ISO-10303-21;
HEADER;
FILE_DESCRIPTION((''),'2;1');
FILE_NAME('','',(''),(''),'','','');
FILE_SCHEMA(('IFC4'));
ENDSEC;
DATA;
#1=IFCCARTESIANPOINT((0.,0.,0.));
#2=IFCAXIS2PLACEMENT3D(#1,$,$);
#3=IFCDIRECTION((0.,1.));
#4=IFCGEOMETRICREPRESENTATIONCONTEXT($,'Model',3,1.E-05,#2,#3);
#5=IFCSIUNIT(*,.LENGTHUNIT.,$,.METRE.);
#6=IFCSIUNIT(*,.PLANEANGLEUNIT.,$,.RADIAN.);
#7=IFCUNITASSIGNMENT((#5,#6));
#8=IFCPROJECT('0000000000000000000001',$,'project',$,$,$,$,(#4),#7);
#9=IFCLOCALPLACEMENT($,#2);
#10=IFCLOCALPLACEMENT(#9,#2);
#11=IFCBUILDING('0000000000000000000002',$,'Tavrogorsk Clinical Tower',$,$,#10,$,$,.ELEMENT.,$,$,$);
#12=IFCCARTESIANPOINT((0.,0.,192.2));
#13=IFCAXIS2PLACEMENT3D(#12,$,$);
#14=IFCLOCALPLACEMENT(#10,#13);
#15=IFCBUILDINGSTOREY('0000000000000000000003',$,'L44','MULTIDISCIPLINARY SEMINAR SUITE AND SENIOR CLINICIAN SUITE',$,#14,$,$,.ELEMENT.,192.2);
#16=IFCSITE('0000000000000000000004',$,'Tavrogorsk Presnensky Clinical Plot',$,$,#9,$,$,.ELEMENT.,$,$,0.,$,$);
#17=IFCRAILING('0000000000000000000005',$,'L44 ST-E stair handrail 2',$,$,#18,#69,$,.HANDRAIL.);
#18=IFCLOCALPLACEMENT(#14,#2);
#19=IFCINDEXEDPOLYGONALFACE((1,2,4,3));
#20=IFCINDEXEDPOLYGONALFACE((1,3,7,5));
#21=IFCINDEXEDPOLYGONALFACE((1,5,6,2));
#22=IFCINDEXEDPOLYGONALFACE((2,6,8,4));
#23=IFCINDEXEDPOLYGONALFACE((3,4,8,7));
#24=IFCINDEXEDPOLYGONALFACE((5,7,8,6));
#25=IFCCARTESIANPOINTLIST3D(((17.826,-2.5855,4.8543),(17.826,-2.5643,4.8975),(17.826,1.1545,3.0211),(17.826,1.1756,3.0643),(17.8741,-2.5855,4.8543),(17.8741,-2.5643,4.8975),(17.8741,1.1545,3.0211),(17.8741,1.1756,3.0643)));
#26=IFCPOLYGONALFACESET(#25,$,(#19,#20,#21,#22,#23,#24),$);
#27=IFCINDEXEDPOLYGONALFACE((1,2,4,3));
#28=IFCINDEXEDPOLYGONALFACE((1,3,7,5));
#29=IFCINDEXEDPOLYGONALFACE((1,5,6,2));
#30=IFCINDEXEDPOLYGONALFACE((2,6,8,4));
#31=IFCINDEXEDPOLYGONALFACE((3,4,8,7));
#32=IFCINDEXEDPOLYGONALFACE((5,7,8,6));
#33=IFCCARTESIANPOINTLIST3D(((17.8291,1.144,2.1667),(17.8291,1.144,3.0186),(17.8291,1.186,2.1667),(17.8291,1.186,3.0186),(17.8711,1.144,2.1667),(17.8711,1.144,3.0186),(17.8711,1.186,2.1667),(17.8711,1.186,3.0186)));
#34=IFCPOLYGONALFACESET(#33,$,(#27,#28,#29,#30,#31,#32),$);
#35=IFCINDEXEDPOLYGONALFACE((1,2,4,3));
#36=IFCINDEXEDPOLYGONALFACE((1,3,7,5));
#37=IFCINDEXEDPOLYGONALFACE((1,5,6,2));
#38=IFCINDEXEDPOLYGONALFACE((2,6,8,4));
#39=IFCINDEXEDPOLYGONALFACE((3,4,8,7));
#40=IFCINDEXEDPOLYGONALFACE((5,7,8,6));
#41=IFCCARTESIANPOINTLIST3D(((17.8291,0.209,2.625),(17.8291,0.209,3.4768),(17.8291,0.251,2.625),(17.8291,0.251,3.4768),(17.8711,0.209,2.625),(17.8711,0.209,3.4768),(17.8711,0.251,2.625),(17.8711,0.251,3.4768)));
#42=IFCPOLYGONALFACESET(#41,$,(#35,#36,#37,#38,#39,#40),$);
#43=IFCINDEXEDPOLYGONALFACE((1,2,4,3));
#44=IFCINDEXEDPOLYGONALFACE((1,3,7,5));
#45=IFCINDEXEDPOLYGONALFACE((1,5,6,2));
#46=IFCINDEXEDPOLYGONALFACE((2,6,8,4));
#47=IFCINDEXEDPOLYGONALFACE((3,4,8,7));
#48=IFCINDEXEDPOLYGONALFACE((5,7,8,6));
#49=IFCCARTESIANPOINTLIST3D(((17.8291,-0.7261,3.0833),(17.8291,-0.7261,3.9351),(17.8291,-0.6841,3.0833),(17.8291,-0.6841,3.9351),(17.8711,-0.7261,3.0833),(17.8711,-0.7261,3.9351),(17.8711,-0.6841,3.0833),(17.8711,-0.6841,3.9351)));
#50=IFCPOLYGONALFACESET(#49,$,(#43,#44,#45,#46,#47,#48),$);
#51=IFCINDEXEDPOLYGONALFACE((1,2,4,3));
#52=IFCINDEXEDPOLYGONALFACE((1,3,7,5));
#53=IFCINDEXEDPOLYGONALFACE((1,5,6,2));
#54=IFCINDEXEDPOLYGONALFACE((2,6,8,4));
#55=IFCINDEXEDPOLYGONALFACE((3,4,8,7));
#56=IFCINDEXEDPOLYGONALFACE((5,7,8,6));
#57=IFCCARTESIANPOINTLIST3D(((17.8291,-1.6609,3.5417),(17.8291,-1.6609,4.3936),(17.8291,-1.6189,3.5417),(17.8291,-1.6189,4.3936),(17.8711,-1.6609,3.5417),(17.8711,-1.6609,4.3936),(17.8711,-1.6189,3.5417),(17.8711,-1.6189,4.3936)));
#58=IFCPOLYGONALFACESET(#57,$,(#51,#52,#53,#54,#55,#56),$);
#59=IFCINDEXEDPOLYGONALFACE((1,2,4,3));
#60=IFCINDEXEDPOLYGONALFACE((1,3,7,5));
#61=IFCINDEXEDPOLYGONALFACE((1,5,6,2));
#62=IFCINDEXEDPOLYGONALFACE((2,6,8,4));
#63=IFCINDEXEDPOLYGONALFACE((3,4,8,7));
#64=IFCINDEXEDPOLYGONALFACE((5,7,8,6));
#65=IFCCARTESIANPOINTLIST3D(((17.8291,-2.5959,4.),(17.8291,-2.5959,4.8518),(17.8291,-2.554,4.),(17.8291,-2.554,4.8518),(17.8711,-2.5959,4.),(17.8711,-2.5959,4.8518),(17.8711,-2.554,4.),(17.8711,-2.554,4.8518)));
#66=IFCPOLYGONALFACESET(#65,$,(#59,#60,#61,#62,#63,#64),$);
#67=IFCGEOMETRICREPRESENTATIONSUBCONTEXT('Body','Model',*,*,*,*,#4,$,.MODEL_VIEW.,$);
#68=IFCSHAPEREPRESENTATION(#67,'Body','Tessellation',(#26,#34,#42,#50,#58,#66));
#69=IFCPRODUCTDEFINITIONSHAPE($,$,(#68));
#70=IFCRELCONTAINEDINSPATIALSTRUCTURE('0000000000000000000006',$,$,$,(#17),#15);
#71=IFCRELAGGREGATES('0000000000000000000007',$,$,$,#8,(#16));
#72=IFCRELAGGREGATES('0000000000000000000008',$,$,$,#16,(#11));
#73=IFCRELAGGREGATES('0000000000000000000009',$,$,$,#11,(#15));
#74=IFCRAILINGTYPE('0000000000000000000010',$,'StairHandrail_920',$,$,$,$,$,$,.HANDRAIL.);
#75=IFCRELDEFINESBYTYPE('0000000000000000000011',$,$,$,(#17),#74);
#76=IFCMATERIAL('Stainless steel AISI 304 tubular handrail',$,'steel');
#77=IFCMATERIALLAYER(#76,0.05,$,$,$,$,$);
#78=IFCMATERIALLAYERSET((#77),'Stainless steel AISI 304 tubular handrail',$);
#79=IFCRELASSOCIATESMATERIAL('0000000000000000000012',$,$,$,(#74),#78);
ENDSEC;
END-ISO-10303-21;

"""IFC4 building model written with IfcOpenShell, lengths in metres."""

from ifc_helpers import new_model, si_unit, direction, frame, origin, origin_2d, place, context, subcontext, project, spatial, rectangle, extrude, material, layer, layer_set, type_object, element, save


model = new_model("IFC4")

# Units and contexts
model_context = context("Model", 3, precision=1e-05, world=origin(), true_north=direction((0.0, 1.0)))
body_context = subcontext(model_context, "Body", "Model", "MODEL_VIEW")
ifc_project = project(units=[si_unit("LENGTHUNIT", "METRE"), si_unit("PLANEANGLEUNIT", "RADIAN")], contexts=[model_context])

# Site, building, storey
site_placement = place(None, origin())
site = spatial("IfcSite", under=ifc_project, at=site_placement, Name="Tavrogorsk Presnensky Clinical Plot", CompositionType="ELEMENT", RefElevation=0.0)
building_placement = place(site_placement, origin())
building = spatial("IfcBuilding", under=site, at=building_placement, Name="Tavrogorsk Clinical Tower", CompositionType="ELEMENT")
storey_placement = place(building_placement, frame((0.0, 0.0, 192.2)))
storey = spatial("IfcBuildingStorey", under=building, at=storey_placement, Name="L44", Description="MULTIDISCIPLINARY SEMINAR SUITE AND SENIOR CLINICIAN SUITE", CompositionType="ELEMENT", Elevation=192.2)

# Railing
ifc_material_1 = material(Name="Stainless steel AISI 304 tubular handrail", Category="steel")
ifc_layer_1 = layer(ifc_material_1, 0.05)
ifc_layer_set_1 = layer_set([ifc_layer_1], Name="Stainless steel AISI 304 tubular handrail")
railing_type = type_object("IfcRailingType", Name="StairHandrail_920", PredefinedType="HANDRAIL", material=ifc_layer_set_1)
railing_placement = place(storey_placement, frame((17.8501, 1.165, 2.1667)))
element("IfcRailing", 1, at=railing_placement, inside=storey, type_object=railing_type, Name="L44 ST-E stair handrail 2", PredefinedType="HANDRAIL", context=body_context, shape_type="SweptSolid", body=[
    extrude(rectangle(XDim=0.0481, YDim=0.0481, at=origin_2d()), frame((0.0, 0.0, 0.876), z_axis=(0.0, -0.897928, 0.440142), x_axis=(1.0, 0.0, 0.0)), (0.0, 0.0, 1.0), 4.165),
    extrude(rectangle(XDim=0.042, YDim=0.042, at=origin_2d()), origin(), (0.0, 0.0, 1.0), 0.8518),
    extrude(rectangle(XDim=0.042, YDim=0.042, at=origin_2d()), frame((0.0, -0.9351, 0.4583)), (0.0, 0.0, 1.0), 0.8518),
    extrude(rectangle(XDim=0.042, YDim=0.042, at=origin_2d()), frame((0.0, -1.8701, 0.9165)), (0.0, 0.0, 1.0), 0.8518),
    extrude(rectangle(XDim=0.042, YDim=0.042, at=origin_2d()), frame((0.0, -2.8049, 1.375)), (0.0, 0.0, 1.0), 0.8518),
    extrude(rectangle(XDim=0.042, YDim=0.042, at=origin_2d()), frame((0.0, -3.74, 1.8333)), (0.0, 0.0, 1.0), 0.8518),
])

save(model, "model.ifc")
